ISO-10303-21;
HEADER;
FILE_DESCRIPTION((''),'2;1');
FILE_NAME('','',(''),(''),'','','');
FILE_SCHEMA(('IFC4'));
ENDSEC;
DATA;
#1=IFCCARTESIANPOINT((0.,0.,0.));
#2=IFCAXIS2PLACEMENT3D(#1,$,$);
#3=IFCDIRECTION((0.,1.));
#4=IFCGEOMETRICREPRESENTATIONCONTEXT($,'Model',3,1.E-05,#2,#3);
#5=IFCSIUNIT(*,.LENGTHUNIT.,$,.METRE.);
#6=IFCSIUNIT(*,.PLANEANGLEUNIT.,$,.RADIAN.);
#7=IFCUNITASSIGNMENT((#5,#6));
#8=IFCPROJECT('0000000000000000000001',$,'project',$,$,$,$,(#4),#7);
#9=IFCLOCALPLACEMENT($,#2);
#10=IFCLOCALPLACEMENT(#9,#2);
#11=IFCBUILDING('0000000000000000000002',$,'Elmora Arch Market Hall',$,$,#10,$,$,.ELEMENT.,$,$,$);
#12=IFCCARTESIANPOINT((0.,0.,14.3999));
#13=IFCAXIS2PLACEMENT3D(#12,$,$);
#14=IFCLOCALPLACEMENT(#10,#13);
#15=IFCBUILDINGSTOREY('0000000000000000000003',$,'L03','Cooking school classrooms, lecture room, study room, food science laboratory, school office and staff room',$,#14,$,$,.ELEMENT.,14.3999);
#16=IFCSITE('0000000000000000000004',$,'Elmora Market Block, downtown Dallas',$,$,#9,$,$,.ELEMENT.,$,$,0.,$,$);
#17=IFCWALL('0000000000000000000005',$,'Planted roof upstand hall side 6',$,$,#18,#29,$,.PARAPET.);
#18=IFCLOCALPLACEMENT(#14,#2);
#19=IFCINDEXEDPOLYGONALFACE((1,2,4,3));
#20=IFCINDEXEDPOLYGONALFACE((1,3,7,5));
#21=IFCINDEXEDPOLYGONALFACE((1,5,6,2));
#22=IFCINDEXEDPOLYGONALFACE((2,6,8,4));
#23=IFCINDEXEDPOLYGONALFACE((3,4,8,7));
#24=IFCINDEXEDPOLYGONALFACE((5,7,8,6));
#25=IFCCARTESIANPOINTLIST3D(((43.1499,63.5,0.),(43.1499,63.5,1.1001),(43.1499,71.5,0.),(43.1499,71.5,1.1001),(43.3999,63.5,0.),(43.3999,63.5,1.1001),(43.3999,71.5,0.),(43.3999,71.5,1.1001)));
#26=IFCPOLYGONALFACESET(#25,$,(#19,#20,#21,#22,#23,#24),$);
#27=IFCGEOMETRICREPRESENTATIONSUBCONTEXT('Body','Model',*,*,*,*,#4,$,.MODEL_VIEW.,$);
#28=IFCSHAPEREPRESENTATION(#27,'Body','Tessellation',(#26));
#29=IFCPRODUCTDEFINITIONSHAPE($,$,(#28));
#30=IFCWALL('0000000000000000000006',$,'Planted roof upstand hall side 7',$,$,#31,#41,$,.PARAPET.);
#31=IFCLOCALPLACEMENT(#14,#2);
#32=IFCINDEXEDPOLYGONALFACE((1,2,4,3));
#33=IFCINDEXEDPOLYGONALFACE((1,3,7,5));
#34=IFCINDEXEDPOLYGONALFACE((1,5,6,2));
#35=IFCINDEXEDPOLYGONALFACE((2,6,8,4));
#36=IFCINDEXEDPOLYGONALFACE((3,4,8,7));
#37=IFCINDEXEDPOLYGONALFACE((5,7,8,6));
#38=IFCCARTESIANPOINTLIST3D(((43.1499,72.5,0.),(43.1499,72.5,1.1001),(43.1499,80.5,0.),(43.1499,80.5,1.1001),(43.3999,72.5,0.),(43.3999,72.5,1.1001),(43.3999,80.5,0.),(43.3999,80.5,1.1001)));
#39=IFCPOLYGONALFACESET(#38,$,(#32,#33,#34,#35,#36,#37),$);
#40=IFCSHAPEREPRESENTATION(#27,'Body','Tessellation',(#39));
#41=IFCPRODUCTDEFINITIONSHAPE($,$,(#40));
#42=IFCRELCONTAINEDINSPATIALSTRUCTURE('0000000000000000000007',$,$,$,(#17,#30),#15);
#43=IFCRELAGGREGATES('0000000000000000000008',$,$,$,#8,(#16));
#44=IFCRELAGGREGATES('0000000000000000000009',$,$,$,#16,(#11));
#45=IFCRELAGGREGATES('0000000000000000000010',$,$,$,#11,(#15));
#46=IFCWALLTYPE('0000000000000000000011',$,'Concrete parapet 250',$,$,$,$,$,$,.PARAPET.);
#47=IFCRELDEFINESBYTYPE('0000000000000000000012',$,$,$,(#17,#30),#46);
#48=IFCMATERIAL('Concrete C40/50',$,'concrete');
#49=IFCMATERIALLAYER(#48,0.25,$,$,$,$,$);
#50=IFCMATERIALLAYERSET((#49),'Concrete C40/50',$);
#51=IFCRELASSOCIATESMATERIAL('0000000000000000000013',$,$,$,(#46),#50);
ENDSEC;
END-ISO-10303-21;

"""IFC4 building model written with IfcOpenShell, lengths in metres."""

from ifc_helpers import new_model, si_unit, direction, frame, frame_2d, origin, place, context, subcontext, project, spatial, rectangle, extrude, material, layer, layer_set, type_object, element, save


model = new_model("IFC4")

# Units and contexts
model_context = context("Model", 3, precision=1e-05, world=origin(), true_north=direction((0.0, 1.0)))
body_context = subcontext(model_context, "Body", "Model", "MODEL_VIEW")
ifc_project = project(units=[si_unit("LENGTHUNIT", "METRE"), si_unit("PLANEANGLEUNIT", "RADIAN")], contexts=[model_context])

# Site, building, storey
site_placement = place(None, origin())
site = spatial("IfcSite", under=ifc_project, at=site_placement, Name="Elmora Market Block, downtown Dallas", CompositionType="ELEMENT", RefElevation=0.0)
building_placement = place(site_placement, origin())
building = spatial("IfcBuilding", under=site, at=building_placement, Name="Elmora Arch Market Hall", CompositionType="ELEMENT")
storey_placement = place(building_placement, frame((0.0, 0.0, 14.3999)))
storey = spatial("IfcBuildingStorey", under=building, at=storey_placement, Name="L03", Description="Cooking school classrooms, lecture room, study room, food science laboratory, school office and staff room", CompositionType="ELEMENT", Elevation=14.3999)

# Walls
ifc_material_1 = material(Name="Concrete C40/50", Category="concrete")
ifc_layer_1 = layer(ifc_material_1, 0.25)
ifc_layer_set_1 = layer_set([ifc_layer_1], Name="Concrete C40/50")
wall_type = type_object("IfcWallType", Name="Concrete parapet 250", PredefinedType="PARAPET", material=ifc_layer_set_1)
for number, where, z_axis, x_axis, name in (
    (1, (43.2749, 63.5, 0.0), (0.0, 0.0, 1.0), (0.0, 1.0, 0.0), "Planted roof upstand hall side 6"),
    (2, (43.2749, 72.5, 0.0), (0.0, 0.0, 1.0), (0.0, 1.0, 0.0), "Planted roof upstand hall side 7"),
):
    element("IfcWall", number, at=place(storey_placement, frame(where, z_axis=z_axis, x_axis=x_axis)), inside=storey, type_object=wall_type, Name=name, PredefinedType="PARAPET", context=body_context, shape_type="SweptSolid", body=[
        extrude(rectangle(XDim=8.0, YDim=0.25, at=frame_2d((4.0, 0.0))), origin(), (0.0, 0.0, 1.0), 1.1001),
    ])

save(model, "model.ifc")
